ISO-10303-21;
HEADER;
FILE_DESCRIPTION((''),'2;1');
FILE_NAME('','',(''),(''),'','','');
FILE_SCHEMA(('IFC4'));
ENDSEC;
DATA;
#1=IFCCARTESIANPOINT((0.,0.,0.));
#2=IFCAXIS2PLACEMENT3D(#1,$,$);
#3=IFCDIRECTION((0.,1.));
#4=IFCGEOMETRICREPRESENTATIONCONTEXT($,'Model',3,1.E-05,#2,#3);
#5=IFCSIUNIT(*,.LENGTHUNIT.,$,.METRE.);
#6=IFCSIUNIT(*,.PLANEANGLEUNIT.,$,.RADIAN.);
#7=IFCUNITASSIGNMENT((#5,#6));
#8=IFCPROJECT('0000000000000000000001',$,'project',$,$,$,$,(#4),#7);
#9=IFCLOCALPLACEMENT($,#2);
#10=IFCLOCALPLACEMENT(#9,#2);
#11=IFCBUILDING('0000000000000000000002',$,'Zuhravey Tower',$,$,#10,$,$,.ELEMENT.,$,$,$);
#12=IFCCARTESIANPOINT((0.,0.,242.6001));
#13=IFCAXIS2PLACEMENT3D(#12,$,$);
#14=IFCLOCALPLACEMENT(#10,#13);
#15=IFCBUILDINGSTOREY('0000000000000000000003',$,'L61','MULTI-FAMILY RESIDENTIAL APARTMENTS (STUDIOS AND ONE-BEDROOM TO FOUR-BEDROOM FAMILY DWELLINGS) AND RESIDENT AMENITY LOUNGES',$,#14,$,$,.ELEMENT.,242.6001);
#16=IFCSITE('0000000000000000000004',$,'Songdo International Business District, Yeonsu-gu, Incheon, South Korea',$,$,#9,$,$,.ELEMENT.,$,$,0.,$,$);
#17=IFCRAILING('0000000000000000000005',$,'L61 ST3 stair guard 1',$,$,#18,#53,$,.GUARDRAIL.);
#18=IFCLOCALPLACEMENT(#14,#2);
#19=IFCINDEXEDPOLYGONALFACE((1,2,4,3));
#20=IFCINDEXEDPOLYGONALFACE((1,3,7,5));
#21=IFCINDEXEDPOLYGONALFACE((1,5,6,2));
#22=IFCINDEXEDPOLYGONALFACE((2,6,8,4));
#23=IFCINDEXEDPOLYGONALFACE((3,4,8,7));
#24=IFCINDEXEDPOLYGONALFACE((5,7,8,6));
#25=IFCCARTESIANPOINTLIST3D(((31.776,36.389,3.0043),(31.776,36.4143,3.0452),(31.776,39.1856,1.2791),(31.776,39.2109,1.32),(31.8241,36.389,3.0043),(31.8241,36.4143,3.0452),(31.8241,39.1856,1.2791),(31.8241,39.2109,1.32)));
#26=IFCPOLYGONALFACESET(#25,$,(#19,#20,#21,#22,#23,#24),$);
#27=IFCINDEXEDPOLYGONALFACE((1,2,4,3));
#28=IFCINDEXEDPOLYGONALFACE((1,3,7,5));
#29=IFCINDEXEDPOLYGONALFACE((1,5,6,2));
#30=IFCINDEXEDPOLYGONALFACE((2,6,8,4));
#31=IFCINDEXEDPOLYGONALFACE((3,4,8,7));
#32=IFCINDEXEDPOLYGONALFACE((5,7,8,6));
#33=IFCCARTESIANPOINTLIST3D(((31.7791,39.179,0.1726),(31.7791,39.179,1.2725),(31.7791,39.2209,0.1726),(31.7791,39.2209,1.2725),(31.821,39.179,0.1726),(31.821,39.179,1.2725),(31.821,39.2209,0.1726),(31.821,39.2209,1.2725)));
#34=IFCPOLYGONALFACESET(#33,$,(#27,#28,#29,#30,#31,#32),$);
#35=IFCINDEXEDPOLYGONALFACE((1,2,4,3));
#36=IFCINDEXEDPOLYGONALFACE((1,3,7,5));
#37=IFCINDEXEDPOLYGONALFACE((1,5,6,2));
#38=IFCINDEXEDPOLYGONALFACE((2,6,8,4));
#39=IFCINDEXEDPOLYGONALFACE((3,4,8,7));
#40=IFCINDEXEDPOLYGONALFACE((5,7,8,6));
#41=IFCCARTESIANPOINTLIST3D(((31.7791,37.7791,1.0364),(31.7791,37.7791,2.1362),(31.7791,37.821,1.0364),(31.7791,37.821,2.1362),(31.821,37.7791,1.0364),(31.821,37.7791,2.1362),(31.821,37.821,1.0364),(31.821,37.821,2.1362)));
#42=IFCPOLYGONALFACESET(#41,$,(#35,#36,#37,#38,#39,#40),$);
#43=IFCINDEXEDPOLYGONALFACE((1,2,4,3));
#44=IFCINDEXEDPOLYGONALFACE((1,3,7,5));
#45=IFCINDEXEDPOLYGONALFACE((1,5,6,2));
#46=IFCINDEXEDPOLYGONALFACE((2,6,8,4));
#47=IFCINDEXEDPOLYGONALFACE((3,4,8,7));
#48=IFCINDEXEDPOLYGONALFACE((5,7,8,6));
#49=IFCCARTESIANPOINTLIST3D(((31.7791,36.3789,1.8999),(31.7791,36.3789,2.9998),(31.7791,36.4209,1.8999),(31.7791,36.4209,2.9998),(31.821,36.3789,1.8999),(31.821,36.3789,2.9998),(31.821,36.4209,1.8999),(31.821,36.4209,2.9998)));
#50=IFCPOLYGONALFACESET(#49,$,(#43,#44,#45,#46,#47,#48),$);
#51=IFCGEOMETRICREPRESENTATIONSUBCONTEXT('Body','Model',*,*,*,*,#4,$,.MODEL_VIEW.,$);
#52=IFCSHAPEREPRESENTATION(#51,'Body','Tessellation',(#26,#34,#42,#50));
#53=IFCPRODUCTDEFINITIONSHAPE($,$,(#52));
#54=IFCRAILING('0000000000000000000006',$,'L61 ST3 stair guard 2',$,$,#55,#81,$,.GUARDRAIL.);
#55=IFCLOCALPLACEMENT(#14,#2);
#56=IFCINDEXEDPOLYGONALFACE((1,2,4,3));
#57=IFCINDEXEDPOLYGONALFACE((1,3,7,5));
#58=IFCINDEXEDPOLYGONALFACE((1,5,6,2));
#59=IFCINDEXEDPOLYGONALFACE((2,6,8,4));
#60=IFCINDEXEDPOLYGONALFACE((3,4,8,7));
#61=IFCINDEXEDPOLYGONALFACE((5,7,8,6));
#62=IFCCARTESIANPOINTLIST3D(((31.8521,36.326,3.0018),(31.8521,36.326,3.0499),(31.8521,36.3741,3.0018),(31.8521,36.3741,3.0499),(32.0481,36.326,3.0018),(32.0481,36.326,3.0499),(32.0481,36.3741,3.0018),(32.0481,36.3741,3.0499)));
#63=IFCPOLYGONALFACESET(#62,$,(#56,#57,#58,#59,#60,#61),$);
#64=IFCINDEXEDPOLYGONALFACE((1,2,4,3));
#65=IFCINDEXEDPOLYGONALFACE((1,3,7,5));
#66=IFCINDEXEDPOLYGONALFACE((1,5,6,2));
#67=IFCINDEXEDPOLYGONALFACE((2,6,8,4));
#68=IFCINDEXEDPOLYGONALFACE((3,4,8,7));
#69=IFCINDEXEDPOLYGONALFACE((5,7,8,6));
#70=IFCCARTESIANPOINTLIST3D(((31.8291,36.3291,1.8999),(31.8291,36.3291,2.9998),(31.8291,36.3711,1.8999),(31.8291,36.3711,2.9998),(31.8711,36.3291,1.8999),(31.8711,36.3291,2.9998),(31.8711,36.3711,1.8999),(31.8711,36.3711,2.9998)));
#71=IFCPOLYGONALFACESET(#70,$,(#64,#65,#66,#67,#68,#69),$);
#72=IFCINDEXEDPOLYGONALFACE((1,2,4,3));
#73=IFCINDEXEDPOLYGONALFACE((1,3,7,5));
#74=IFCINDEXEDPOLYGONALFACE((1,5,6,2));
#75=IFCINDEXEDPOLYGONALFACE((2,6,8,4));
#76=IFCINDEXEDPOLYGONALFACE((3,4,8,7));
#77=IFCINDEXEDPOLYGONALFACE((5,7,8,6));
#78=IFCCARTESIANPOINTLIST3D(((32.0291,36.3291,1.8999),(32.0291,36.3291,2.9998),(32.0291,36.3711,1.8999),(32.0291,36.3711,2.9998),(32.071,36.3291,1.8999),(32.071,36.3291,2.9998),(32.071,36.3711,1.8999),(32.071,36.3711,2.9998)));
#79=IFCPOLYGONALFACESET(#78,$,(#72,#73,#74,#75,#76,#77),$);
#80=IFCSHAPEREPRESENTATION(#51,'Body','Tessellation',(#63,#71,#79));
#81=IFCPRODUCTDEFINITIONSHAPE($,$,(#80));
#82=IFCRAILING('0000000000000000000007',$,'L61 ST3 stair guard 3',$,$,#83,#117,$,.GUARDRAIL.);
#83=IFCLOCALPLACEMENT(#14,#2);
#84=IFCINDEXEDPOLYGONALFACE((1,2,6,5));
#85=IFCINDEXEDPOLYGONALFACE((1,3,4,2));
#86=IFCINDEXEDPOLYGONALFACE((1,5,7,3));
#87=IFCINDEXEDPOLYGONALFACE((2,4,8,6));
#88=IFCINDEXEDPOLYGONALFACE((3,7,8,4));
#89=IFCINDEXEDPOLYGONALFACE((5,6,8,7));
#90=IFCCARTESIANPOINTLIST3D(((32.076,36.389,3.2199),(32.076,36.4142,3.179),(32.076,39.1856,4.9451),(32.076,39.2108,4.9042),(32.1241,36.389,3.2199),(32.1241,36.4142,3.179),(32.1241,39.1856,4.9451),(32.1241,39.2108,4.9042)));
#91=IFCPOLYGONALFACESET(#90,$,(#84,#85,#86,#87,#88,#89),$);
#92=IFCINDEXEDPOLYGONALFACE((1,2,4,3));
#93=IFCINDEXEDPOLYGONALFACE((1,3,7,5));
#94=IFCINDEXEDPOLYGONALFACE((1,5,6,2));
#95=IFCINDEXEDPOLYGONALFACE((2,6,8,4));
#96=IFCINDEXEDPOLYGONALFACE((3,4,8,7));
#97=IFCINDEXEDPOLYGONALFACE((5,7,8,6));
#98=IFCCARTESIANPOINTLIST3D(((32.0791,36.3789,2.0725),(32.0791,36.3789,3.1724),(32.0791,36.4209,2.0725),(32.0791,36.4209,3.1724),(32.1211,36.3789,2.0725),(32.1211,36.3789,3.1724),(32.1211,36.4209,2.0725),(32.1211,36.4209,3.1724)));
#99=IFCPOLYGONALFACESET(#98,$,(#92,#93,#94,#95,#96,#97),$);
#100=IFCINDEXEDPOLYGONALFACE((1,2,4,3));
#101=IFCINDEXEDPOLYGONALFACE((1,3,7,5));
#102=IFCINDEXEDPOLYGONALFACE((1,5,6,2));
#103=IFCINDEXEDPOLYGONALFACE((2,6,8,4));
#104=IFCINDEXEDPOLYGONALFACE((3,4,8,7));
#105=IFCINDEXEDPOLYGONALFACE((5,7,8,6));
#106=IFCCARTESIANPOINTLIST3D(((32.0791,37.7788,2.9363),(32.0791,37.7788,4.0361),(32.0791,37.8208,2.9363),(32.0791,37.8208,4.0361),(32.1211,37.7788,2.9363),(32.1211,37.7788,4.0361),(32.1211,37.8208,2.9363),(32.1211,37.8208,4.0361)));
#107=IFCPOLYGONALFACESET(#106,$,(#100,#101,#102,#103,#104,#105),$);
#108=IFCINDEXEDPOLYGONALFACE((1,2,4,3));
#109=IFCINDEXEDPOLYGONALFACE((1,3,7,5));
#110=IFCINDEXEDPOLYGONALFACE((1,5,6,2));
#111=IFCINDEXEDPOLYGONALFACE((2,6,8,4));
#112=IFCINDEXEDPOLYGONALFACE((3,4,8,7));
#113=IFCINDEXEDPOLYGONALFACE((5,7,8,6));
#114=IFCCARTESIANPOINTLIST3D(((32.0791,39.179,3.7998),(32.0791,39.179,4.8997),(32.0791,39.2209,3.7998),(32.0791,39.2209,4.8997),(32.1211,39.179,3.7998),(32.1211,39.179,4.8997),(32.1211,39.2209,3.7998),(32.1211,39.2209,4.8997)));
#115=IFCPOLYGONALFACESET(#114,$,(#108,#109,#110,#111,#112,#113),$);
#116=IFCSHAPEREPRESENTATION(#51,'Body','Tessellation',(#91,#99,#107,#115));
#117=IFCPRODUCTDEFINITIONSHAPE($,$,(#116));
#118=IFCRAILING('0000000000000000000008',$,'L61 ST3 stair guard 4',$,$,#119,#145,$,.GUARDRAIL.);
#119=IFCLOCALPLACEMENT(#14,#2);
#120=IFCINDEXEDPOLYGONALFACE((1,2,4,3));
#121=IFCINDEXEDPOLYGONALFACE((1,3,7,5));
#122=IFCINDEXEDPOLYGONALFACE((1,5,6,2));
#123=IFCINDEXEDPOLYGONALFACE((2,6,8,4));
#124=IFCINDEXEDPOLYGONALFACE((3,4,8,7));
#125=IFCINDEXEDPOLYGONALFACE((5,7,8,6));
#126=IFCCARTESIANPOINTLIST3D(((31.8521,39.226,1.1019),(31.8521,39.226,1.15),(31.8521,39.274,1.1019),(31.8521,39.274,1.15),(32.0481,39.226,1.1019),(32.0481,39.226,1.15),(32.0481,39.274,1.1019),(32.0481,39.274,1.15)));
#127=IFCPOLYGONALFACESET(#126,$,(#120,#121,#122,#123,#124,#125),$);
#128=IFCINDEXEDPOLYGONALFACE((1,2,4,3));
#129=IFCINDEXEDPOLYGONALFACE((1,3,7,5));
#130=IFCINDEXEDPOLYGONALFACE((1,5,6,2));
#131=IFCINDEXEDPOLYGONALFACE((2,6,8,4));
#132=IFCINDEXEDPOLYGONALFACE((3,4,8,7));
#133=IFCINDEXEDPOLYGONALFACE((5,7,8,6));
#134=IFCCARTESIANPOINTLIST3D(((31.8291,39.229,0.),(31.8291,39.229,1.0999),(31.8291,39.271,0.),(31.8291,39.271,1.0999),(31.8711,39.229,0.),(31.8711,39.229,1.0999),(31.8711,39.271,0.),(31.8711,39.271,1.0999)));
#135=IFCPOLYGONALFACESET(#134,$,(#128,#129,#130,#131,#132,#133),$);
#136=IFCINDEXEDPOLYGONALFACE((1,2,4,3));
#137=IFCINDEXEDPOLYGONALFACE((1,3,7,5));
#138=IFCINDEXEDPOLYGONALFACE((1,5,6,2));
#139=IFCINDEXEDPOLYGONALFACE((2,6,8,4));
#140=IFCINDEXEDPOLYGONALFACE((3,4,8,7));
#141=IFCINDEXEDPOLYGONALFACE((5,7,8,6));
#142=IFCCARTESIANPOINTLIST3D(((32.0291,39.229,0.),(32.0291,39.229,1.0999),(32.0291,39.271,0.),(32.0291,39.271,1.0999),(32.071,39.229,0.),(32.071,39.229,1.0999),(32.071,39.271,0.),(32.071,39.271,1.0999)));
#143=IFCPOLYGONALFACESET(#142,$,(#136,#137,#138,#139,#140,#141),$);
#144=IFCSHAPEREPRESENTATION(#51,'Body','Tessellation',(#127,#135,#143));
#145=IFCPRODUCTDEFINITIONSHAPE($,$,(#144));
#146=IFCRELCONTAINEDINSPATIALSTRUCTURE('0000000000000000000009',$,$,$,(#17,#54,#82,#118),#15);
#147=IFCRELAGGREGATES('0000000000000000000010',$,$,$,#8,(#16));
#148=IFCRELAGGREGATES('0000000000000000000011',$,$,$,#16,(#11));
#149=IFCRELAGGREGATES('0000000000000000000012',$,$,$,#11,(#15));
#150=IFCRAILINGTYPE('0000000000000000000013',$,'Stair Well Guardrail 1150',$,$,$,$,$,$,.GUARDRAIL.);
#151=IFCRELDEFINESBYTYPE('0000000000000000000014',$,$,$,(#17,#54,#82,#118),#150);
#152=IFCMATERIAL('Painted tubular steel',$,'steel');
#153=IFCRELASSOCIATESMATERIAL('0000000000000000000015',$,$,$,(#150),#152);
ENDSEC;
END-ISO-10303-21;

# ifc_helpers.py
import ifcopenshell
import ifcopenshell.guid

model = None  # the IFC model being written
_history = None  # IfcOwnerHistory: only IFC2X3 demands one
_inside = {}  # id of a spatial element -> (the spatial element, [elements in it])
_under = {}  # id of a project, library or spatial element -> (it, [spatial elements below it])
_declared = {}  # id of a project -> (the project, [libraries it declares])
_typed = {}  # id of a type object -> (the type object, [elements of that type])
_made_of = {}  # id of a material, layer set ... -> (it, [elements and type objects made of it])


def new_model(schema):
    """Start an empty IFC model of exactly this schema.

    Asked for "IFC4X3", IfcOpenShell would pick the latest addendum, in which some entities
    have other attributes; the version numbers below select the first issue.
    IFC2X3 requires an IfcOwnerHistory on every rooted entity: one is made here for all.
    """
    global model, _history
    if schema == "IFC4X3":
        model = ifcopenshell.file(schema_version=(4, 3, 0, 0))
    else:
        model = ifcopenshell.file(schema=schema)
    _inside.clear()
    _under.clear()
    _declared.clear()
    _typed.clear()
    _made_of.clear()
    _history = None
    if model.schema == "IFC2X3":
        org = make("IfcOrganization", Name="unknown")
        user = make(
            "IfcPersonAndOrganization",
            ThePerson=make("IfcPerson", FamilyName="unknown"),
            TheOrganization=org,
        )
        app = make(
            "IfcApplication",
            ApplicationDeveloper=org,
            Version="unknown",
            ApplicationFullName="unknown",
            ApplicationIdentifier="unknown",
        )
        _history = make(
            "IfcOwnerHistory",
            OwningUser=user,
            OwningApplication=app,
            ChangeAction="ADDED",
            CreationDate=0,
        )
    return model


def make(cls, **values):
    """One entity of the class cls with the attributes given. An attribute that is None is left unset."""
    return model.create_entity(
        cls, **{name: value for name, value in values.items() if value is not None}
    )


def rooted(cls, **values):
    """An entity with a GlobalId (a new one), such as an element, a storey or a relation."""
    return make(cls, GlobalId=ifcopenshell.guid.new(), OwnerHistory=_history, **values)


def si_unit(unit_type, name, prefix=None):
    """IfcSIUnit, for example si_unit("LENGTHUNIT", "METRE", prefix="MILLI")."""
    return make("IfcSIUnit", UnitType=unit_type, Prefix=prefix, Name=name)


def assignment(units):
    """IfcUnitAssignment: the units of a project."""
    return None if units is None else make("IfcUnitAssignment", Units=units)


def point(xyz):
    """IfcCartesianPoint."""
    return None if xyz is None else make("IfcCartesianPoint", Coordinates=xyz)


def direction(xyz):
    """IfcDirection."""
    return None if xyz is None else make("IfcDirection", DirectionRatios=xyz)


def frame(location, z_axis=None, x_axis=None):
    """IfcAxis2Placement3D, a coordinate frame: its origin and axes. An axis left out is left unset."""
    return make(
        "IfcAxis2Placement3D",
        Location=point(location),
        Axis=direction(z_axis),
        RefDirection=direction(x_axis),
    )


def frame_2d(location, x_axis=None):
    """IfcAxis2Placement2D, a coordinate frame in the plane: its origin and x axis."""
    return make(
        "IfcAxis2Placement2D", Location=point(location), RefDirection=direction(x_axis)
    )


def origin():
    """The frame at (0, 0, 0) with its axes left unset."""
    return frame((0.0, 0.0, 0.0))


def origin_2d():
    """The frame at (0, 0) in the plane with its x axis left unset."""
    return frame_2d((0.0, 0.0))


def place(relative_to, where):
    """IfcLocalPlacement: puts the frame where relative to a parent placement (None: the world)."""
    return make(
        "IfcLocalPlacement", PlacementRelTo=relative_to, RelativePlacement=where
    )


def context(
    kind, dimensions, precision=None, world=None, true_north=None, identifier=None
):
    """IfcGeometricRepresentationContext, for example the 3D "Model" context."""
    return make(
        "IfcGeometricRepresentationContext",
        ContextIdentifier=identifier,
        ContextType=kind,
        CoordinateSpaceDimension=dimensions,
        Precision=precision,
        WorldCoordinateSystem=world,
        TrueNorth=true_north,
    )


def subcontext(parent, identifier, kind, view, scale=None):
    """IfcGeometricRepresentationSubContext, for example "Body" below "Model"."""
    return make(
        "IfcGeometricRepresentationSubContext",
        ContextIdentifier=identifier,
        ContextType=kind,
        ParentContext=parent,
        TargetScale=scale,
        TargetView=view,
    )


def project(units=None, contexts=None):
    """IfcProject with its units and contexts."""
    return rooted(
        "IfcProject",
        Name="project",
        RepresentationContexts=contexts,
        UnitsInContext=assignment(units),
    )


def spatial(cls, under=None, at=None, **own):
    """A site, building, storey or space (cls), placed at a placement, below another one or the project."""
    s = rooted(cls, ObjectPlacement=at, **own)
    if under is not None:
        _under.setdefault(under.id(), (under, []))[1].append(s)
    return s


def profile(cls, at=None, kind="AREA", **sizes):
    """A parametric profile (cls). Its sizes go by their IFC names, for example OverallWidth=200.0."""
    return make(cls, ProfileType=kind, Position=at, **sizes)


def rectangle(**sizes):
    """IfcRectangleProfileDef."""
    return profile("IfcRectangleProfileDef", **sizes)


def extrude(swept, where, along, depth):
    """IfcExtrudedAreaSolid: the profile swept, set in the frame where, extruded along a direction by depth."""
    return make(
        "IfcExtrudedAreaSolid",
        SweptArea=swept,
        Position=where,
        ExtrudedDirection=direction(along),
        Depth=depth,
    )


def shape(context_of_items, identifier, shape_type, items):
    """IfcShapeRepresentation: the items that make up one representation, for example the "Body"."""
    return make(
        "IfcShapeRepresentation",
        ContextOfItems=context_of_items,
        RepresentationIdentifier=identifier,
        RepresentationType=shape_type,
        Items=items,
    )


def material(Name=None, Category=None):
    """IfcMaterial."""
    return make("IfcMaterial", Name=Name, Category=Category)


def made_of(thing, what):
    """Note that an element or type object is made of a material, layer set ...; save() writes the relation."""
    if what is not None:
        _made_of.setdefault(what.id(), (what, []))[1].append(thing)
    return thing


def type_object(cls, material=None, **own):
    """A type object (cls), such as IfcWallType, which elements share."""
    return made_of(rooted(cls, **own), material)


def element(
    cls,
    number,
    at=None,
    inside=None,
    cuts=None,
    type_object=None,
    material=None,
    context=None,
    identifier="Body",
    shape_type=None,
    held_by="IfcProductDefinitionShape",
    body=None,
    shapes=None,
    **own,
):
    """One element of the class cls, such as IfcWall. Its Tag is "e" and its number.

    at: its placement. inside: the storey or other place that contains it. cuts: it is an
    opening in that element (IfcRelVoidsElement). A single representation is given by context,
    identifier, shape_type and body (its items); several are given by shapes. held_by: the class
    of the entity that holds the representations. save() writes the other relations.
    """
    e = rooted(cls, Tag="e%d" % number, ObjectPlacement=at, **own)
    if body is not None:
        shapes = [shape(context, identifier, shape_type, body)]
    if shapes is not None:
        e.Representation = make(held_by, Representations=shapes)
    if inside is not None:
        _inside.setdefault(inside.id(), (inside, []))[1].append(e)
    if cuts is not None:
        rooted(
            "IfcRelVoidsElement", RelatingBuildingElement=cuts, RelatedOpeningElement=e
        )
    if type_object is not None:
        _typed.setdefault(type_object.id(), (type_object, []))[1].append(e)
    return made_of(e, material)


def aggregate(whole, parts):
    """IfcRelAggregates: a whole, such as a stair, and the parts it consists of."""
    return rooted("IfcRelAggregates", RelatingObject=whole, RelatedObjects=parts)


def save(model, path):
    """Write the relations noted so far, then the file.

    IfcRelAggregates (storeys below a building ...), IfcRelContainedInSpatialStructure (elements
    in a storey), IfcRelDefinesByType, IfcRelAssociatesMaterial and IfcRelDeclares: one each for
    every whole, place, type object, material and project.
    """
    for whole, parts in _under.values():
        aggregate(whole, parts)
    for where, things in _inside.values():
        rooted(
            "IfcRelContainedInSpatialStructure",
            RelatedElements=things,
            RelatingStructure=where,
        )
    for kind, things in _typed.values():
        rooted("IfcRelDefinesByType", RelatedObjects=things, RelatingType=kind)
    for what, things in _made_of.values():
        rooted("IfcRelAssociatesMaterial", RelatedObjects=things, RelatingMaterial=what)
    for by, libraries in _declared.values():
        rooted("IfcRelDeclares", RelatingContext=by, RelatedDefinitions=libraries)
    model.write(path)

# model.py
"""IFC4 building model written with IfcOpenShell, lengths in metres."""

from ifc_helpers import new_model, si_unit, direction, frame, origin, origin_2d, place, context, subcontext, project, spatial, rectangle, extrude, material, type_object, element, save


model = new_model("IFC4")

# Units and contexts
model_context = context("Model", 3, precision=1e-05, world=origin(), true_north=direction((0.0, 1.0)))
body_context = subcontext(model_context, "Body", "Model", "MODEL_VIEW")
ifc_project = project(units=[si_unit("LENGTHUNIT", "METRE"), si_unit("PLANEANGLEUNIT", "RADIAN")], contexts=[model_context])

# Site, building, storey
site_placement = place(None, origin())
site = spatial("IfcSite", under=ifc_project, at=site_placement, Name="Songdo International Business District, Yeonsu-gu, Incheon, South Korea", CompositionType="ELEMENT", RefElevation=0.0)
building_placement = place(site_placement, origin())
building = spatial("IfcBuilding", under=site, at=building_placement, Name="Zuhravey Tower", CompositionType="ELEMENT")
storey_placement = place(building_placement, frame((0.0, 0.0, 242.6001)))
storey = spatial("IfcBuildingStorey", under=building, at=storey_placement, Name="L61", Description="MULTI-FAMILY RESIDENTIAL APARTMENTS (STUDIOS AND ONE-BEDROOM TO FOUR-BEDROOM FAMILY DWELLINGS) AND RESIDENT AMENITY LOUNGES", CompositionType="ELEMENT", Elevation=242.6001)

# Railings
ifc_material_1 = material(Name="Painted tubular steel", Category="steel")
railing_type_1 = type_object("IfcRailingType", Name="Stair Well Guardrail 1150", PredefinedType="GUARDRAIL", material=ifc_material_1)
railing_1_placement = place(storey_placement, frame((31.8, 39.2, 0.1726)))
element("IfcRailing", 1, at=railing_1_placement, inside=storey, type_object=railing_type_1, Name="L61 ST3 stair guard 1", PredefinedType="GUARDRAIL", context=body_context, shape_type="SweptSolid", body=[
    extrude(rectangle(XDim=0.0481, YDim=0.0481, at=origin_2d()), frame((0.0, -0.0017, 1.127), z_axis=(0.0, -0.85109, 0.52502), x_axis=(1.0, 0.0, 0.0)), (0.0, 0.0, 1.0), 3.2859),
    extrude(rectangle(XDim=0.042, YDim=0.042, at=origin_2d()), origin(), (0.0, 0.0, 1.0), 1.0999),
    extrude(rectangle(XDim=0.042, YDim=0.042, at=origin_2d()), frame((0.0, -1.3999, 0.8638)), (0.0, 0.0, 1.0), 1.0999),
    extrude(rectangle(XDim=0.042, YDim=0.042, at=origin_2d()), frame((0.0, -2.8, 1.7273)), (0.0, 0.0, 1.0), 1.0999),
])
railing_2_placement = place(storey_placement, frame((31.8501, 36.3501, 1.8999)))
element("IfcRailing", 2, at=railing_2_placement, inside=storey, type_object=railing_type_1, Name="L61 ST3 stair guard 2", PredefinedType="GUARDRAIL", context=body_context, shape_type="SweptSolid", body=[
    extrude(rectangle(XDim=0.0481, YDim=0.0481, at=origin_2d()), frame((0.002, 0.0, 1.126), z_axis=(1.0, 0.0, 0.0), x_axis=(0.0, 1.0, 0.0)), (0.0, 0.0, 1.0), 0.196),
    extrude(rectangle(XDim=0.042, YDim=0.042, at=origin_2d()), origin(), (0.0, 0.0, 1.0), 1.0999),
    extrude(rectangle(XDim=0.042, YDim=0.042, at=origin_2d()), frame((0.2, 0.0, 0.0)), (0.0, 0.0, 1.0), 1.0999),
])
railing_3_placement = place(storey_placement, frame((32.1001, 36.3999, 2.0725)))
element("IfcRailing", 3, at=railing_3_placement, inside=storey, type_object=railing_type_1, Name="L61 ST3 stair guard 3", PredefinedType="GUARDRAIL", context=body_context, shape_type="SweptSolid", body=[
    extrude(rectangle(XDim=0.0481, YDim=0.0481, at=origin_2d()), frame((0.0, 0.0017, 1.127), z_axis=(0.0, 0.85109, 0.52502), x_axis=(-1.0, 0.0, 0.0)), (0.0, 0.0, 1.0), 3.2859),
    extrude(rectangle(XDim=0.042, YDim=0.042, at=origin_2d()), origin(), (0.0, 0.0, 1.0), 1.0999),
    extrude(rectangle(XDim=0.042, YDim=0.042, at=origin_2d()), frame((0.0, 1.3999, 0.8638)), (0.0, 0.0, 1.0), 1.0999),
    extrude(rectangle(XDim=0.042, YDim=0.042, at=origin_2d()), frame((0.0, 2.8, 1.7273)), (0.0, 0.0, 1.0), 1.0999),
])
railing_4_placement = place(storey_placement, frame((31.8501, 39.25, 0.0)))
element("IfcRailing", 4, at=railing_4_placement, inside=storey, type_object=railing_type_1, Name="L61 ST3 stair guard 4", PredefinedType="GUARDRAIL", context=body_context, shape_type="SweptSolid", body=[
    extrude(rectangle(XDim=0.0481, YDim=0.0481, at=origin_2d()), frame((0.002, 0.0, 1.126), z_axis=(1.0, 0.0, 0.0), x_axis=(0.0, 1.0, 0.0)), (0.0, 0.0, 1.0), 0.196),
    extrude(rectangle(XDim=0.042, YDim=0.042, at=origin_2d()), origin(), (0.0, 0.0, 1.0), 1.0999),
    extrude(rectangle(XDim=0.042, YDim=0.042, at=origin_2d()), frame((0.2, 0.0, 0.0)), (0.0, 0.0, 1.0), 1.0999),
])

save(model, "model.ifc")
